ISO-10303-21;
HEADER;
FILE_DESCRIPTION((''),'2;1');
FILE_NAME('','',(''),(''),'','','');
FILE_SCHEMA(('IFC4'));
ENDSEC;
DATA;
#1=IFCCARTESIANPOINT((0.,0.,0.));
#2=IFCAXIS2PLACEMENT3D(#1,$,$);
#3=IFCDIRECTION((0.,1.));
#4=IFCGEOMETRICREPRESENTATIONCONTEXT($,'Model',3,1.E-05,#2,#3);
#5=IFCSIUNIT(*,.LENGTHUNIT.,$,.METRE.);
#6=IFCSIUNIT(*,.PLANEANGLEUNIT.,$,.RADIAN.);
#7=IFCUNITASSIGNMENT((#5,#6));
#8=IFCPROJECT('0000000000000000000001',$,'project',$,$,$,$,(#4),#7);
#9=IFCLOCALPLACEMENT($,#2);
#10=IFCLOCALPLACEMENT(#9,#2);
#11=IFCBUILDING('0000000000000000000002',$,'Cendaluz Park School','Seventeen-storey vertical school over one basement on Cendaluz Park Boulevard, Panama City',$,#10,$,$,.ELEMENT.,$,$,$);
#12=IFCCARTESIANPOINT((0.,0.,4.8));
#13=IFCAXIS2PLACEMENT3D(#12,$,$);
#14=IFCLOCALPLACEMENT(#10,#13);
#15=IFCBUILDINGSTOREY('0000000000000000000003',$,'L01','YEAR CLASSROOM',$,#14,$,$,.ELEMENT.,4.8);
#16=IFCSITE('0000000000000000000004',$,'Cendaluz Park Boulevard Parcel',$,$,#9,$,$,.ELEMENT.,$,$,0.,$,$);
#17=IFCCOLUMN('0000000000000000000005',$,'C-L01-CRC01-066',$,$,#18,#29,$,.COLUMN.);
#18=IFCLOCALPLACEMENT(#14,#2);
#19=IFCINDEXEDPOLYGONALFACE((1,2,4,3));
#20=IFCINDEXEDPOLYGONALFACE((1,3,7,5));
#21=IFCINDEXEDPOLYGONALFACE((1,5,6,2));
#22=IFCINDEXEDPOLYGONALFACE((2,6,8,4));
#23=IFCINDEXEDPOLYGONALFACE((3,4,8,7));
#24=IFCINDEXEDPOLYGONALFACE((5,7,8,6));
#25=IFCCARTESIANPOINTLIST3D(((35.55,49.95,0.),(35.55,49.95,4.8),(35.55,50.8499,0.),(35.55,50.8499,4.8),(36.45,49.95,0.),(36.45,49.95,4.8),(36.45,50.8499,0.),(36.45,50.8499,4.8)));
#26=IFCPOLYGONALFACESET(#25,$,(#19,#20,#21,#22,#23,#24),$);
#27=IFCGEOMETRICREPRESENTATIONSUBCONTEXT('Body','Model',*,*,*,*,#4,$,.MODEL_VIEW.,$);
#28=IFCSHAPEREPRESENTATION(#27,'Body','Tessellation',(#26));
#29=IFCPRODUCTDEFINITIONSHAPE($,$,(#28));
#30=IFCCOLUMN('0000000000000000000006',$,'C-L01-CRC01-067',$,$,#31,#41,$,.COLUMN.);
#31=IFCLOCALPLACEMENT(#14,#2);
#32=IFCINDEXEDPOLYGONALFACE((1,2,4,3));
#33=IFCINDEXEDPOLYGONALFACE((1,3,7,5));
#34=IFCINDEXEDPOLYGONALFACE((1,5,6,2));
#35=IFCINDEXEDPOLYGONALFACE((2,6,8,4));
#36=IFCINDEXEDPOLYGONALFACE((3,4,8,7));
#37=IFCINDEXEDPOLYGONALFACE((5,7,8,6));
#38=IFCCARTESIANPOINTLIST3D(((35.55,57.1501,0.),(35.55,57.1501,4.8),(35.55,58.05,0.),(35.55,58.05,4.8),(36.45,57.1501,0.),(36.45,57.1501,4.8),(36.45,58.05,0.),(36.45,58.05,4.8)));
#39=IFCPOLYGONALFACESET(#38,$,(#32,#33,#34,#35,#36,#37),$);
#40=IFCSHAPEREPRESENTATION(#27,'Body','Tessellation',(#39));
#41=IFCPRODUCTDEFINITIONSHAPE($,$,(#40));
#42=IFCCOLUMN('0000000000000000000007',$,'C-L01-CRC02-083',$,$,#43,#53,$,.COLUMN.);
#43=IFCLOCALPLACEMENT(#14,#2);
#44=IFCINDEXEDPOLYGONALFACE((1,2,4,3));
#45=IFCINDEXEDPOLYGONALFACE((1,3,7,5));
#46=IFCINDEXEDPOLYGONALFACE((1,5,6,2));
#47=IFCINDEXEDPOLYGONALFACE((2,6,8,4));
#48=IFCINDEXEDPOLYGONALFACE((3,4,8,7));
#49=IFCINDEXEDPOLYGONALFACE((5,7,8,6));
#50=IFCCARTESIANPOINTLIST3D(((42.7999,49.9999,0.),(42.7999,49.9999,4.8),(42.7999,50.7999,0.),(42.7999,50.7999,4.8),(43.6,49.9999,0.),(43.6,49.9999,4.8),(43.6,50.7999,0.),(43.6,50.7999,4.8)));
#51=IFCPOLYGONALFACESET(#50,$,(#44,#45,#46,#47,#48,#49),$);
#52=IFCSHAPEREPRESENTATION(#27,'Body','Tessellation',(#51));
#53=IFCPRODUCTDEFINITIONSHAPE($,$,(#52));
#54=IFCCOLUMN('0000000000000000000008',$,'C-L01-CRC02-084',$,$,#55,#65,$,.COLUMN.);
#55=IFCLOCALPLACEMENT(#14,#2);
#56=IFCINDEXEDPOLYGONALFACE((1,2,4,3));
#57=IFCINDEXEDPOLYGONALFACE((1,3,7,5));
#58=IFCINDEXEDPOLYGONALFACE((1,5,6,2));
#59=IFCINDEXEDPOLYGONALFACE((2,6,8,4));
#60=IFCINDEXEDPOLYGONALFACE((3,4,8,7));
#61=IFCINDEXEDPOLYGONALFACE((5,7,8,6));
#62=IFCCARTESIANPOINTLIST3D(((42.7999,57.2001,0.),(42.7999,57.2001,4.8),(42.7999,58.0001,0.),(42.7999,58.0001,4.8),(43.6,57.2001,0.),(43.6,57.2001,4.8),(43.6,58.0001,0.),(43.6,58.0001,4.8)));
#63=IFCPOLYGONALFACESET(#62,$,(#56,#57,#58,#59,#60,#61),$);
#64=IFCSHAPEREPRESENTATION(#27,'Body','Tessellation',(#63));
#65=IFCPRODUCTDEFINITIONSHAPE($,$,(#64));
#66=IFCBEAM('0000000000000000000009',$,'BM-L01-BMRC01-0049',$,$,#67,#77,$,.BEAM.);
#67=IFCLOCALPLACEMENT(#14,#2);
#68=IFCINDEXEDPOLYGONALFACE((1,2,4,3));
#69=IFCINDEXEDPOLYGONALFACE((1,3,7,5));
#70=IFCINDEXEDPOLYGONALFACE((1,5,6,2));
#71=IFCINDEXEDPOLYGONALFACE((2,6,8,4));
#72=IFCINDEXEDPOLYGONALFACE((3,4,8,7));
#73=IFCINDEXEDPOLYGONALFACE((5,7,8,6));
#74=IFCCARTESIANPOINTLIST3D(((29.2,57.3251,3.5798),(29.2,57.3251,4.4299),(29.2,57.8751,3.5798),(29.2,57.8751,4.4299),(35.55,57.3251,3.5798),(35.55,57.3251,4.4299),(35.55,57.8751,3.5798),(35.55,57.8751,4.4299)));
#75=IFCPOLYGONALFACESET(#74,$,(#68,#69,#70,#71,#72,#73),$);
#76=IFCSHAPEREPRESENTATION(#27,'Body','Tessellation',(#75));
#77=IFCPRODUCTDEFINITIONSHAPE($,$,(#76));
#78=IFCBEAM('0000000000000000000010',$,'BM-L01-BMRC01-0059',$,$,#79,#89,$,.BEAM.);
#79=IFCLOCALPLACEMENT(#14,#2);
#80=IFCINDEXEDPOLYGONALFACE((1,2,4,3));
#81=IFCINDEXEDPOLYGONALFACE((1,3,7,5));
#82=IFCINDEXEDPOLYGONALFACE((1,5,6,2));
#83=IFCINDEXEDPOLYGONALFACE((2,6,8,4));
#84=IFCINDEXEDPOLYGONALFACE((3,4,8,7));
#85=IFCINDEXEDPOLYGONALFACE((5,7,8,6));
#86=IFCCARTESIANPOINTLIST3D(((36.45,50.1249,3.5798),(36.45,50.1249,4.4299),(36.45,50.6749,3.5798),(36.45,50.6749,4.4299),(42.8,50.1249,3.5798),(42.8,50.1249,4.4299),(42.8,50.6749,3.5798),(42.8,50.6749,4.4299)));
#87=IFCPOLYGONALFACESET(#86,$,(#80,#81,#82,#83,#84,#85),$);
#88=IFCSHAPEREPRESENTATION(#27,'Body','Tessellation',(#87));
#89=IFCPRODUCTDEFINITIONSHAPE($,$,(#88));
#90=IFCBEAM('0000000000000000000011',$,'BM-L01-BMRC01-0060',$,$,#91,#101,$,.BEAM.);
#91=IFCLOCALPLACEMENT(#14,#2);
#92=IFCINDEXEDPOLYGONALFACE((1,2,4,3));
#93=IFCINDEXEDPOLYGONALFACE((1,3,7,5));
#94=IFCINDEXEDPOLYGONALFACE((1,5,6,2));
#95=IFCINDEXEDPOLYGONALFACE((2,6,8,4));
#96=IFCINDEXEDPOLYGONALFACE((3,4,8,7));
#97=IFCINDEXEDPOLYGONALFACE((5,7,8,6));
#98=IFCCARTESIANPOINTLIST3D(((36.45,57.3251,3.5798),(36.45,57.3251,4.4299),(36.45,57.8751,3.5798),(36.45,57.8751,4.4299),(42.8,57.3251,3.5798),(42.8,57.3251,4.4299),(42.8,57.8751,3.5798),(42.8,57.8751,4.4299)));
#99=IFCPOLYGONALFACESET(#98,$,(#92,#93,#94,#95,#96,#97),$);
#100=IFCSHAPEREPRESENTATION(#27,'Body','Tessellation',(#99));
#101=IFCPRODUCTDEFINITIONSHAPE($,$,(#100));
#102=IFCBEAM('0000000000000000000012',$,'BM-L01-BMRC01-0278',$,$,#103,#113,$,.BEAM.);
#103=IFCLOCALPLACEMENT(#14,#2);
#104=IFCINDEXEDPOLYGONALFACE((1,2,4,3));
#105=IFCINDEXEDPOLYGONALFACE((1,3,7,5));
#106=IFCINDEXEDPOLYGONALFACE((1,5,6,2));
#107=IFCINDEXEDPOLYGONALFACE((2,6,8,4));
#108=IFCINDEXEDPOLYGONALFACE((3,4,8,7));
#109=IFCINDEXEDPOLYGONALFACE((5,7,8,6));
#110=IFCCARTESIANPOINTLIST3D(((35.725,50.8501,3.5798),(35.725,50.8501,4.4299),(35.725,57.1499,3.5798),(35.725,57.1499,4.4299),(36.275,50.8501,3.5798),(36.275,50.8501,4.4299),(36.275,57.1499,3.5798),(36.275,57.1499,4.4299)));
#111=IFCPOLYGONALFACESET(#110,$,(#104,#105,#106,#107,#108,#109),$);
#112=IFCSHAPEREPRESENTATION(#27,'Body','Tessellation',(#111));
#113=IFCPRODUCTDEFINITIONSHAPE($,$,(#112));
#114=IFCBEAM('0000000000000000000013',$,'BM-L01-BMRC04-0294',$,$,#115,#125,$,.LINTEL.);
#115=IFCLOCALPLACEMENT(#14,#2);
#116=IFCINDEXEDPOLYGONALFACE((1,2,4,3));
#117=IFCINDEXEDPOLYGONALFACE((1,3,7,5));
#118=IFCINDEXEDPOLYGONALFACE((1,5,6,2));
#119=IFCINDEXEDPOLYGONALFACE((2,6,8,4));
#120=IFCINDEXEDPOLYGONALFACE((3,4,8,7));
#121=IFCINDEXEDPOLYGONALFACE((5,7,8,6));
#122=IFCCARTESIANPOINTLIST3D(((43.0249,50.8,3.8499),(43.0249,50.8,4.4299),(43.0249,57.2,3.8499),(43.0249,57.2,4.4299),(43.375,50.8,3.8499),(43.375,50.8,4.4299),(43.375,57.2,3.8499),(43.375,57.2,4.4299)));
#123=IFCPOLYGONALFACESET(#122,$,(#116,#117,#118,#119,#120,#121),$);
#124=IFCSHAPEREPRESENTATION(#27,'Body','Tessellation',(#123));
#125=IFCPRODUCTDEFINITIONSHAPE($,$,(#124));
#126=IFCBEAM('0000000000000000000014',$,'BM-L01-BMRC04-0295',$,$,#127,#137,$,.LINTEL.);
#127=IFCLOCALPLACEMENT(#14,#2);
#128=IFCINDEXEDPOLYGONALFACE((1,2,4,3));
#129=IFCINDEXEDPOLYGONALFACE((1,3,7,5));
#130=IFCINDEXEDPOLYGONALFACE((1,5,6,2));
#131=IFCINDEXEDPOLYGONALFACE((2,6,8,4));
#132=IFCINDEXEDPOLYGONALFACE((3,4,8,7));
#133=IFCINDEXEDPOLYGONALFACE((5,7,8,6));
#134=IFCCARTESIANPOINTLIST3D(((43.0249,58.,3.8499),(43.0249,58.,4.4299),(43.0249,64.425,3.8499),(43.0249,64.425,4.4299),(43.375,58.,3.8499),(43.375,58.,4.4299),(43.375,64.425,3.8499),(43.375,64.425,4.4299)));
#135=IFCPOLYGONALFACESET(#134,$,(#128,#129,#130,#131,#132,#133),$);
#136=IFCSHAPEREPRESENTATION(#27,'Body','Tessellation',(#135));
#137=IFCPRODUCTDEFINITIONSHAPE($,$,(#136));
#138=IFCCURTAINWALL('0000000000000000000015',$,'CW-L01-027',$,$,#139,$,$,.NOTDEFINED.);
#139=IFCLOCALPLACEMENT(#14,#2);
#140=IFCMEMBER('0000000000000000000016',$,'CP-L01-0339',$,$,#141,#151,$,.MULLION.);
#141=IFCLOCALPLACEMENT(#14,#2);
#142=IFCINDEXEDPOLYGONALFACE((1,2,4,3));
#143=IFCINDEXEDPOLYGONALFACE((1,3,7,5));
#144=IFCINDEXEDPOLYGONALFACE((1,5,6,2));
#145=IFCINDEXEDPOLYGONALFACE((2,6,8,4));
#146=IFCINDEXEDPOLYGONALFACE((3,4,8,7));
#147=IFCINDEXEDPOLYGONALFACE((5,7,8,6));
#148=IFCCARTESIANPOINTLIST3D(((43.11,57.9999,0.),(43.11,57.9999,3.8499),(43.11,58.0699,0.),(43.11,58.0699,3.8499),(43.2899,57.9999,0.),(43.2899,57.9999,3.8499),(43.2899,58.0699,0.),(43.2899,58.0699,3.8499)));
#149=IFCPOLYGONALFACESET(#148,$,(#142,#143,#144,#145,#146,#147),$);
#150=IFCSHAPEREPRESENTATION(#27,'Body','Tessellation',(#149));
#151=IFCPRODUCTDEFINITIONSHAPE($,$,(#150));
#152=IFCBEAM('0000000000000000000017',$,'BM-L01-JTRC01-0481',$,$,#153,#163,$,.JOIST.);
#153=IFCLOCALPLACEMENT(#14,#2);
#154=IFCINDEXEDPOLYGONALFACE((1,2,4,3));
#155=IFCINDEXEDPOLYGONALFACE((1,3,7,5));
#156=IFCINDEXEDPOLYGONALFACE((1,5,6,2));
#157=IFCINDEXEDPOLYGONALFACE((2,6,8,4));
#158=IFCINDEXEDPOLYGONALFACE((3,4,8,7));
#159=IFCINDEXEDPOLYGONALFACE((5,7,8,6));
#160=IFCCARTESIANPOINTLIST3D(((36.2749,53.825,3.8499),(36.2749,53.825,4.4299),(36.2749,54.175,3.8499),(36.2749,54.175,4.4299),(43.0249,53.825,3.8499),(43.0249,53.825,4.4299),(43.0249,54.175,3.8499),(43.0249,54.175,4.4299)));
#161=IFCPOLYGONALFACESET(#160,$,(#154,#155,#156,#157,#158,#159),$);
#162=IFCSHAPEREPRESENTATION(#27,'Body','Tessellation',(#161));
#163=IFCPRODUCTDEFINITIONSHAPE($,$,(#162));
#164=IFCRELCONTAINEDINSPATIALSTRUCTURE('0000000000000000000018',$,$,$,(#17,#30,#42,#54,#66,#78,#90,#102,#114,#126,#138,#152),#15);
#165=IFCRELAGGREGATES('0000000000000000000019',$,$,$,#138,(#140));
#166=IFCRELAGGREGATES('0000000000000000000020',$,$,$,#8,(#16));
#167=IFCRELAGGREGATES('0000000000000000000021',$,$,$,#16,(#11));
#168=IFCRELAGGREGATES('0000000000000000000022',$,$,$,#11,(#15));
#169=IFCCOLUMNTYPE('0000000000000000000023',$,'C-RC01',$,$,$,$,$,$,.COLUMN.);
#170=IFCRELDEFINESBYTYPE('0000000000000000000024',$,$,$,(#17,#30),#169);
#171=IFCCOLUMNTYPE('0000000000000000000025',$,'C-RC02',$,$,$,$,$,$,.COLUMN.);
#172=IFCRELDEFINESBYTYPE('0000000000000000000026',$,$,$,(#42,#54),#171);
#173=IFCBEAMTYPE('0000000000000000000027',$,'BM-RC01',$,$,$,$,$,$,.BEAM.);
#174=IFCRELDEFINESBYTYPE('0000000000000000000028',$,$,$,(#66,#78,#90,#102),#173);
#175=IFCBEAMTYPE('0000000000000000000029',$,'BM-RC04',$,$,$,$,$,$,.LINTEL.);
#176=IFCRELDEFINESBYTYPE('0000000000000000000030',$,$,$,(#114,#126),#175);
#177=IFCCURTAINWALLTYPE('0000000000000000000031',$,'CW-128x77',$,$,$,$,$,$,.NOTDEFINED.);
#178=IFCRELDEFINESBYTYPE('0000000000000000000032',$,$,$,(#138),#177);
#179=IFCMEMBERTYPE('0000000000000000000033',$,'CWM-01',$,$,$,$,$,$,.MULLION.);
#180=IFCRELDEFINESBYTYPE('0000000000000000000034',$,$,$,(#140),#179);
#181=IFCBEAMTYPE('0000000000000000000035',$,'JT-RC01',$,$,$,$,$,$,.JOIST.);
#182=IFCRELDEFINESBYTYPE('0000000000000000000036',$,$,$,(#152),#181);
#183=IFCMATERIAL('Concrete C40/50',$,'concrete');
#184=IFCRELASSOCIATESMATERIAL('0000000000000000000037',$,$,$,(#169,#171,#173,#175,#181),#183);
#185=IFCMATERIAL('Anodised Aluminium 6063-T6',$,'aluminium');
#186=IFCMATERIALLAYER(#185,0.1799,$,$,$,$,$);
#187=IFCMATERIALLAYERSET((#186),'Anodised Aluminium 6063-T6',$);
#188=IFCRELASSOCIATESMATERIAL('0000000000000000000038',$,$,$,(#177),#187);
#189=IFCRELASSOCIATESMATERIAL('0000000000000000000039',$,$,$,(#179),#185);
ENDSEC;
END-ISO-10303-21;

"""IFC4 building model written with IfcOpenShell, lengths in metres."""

from ifc_helpers import new_model, si_unit, direction, frame, origin, origin_2d, place, context, subcontext, project, spatial, rectangle, extrude, material, layer, layer_set, material_profile, profile_set, type_object, element, aggregate, save


model = new_model("IFC4")

# Units and contexts
model_context = context("Model", 3, precision=1e-05, world=origin(), true_north=direction((0.0, 1.0)))
body_context = subcontext(model_context, "Body", "Model", "MODEL_VIEW")
ifc_project = project(units=[si_unit("LENGTHUNIT", "METRE"), si_unit("PLANEANGLEUNIT", "RADIAN")], contexts=[model_context])

# Site, building, storey
site_placement = place(None, origin())
site = spatial("IfcSite", under=ifc_project, at=site_placement, Name="Cendaluz Park Boulevard Parcel", CompositionType="ELEMENT", RefElevation=0.0)
building_placement = place(site_placement, origin())
building = spatial("IfcBuilding", under=site, at=building_placement, Name="Cendaluz Park School", Description="Seventeen-storey vertical school over one basement on Cendaluz Park Boulevard, Panama City", CompositionType="ELEMENT")
storey_placement = place(building_placement, frame((0.0, 0.0, 4.8)))
storey = spatial("IfcBuildingStorey", under=building, at=storey_placement, Name="L01", Description="YEAR CLASSROOM", CompositionType="ELEMENT", Elevation=4.8)

# Columns
ifc_material_1 = material(Name="Concrete C40/50", Category="concrete")
ifc_material_profile_1 = material_profile(ifc_material_1, rectangle(XDim=0.8999, YDim=0.8999, at=origin_2d()), Name="RC 900x900", Category="concrete")
ifc_profile_set_1 = profile_set([ifc_material_profile_1], Name="Concrete C40/50")
column_type_1 = type_object("IfcColumnType", Name="C-RC01", PredefinedType="COLUMN", material=ifc_profile_set_1)
for number, where, z_axis, x_axis, name in (
    (1, (36.0, 50.3999, 0.0), (0.0, 0.0, 1.0), (1.0, 0.0, 0.0), "C-L01-CRC01-066"),
    (2, (36.0, 57.6001, 0.0), (0.0, 0.0, 1.0), (1.0, 0.0, 0.0), "C-L01-CRC01-067"),
):
    element("IfcColumn", number, at=place(storey_placement, frame(where, z_axis=z_axis, x_axis=x_axis)), inside=storey, type_object=column_type_1, Name=name, PredefinedType="COLUMN", context=body_context, shape_type="SweptSolid", body=[
        extrude(rectangle(XDim=0.8999, YDim=0.8999, at=origin_2d()), origin(), (0.0, 0.0, 1.0), 4.8),
    ])
ifc_material_profile_2 = material_profile(ifc_material_1, rectangle(XDim=0.8, YDim=0.8, at=origin_2d()), Name="RC 800x800", Category="concrete")
ifc_profile_set_2 = profile_set([ifc_material_profile_2], Name="Concrete C40/50")
column_type_2 = type_object("IfcColumnType", Name="C-RC02", PredefinedType="COLUMN", material=ifc_profile_set_2)
for number, where, z_axis, x_axis, name in (
    (3, (43.2, 50.3999, 0.0), (0.0, 0.0, 1.0), (1.0, 0.0, 0.0), "C-L01-CRC02-083"),
    (4, (43.2, 57.6001, 0.0), (0.0, 0.0, 1.0), (1.0, 0.0, 0.0), "C-L01-CRC02-084"),
):
    element("IfcColumn", number, at=place(storey_placement, frame(where, z_axis=z_axis, x_axis=x_axis)), inside=storey, type_object=column_type_2, Name=name, PredefinedType="COLUMN", context=body_context, shape_type="SweptSolid", body=[
        extrude(rectangle(XDim=0.8, YDim=0.8, at=origin_2d()), origin(), (0.0, 0.0, 1.0), 4.8),
    ])

# Beams
ifc_material_profile_3 = material_profile(ifc_material_1, rectangle(XDim=0.55, YDim=0.8501, at=origin_2d()), Name="RC 550x850", Category="concrete")
ifc_profile_set_3 = profile_set([ifc_material_profile_3], Name="Concrete C40/50")
beam_type_1 = type_object("IfcBeamType", Name="BM-RC01", PredefinedType="BEAM", material=ifc_profile_set_3)
for number, where, z_axis, x_axis, name in (
    (5, (29.2, 57.6001, 4.0049), (1.0, 0.0, 0.0), (0.0, 1.0, 0.0), "BM-L01-BMRC01-0049"),
    (6, (36.45, 50.3999, 4.0049), (1.0, 0.0, 0.0), (0.0, 1.0, 0.0), "BM-L01-BMRC01-0059"),
    (7, (36.45, 57.6001, 4.0049), (1.0, 0.0, 0.0), (0.0, 1.0, 0.0), "BM-L01-BMRC01-0060"),
):
    element("IfcBeam", number, at=place(storey_placement, frame(where, z_axis=z_axis, x_axis=x_axis)), inside=storey, type_object=beam_type_1, Name=name, PredefinedType="BEAM", context=body_context, shape_type="SweptSolid", body=[
        extrude(rectangle(XDim=0.55, YDim=0.8501, at=origin_2d()), origin(), (0.0, 0.0, 1.0), 6.3501),
    ])
beam_1_placement = place(storey_placement, frame((36.0, 50.8501, 4.0049), z_axis=(0.0, 1.0, 0.0), x_axis=(-1.0, 0.0, 0.0)))
element("IfcBeam", 8, at=beam_1_placement, inside=storey, type_object=beam_type_1, Name="BM-L01-BMRC01-0278", PredefinedType="BEAM", context=body_context, shape_type="SweptSolid", body=[
    extrude(rectangle(XDim=0.55, YDim=0.8501, at=origin_2d()), origin(), (0.0, 0.0, 1.0), 6.2998),
])
ifc_material_profile_4 = material_profile(ifc_material_1, rectangle(XDim=0.3501, YDim=0.5801, at=origin_2d()), Name="RC 350x580", Category="concrete")
ifc_profile_set_4 = profile_set([ifc_material_profile_4], Name="Concrete C40/50")
beam_type_2 = type_object("IfcBeamType", Name="BM-RC04", PredefinedType="LINTEL", material=ifc_profile_set_4)
beam_2_placement = place(storey_placement, frame((43.2, 50.8, 4.1399), z_axis=(0.0, 1.0, 0.0), x_axis=(-1.0, 0.0, 0.0)))
element("IfcBeam", 9, at=beam_2_placement, inside=storey, type_object=beam_type_2, Name="BM-L01-BMRC04-0294", PredefinedType="LINTEL", context=body_context, shape_type="SweptSolid", body=[
    extrude(rectangle(XDim=0.3501, YDim=0.5801, at=origin_2d()), origin(), (0.0, 0.0, 1.0), 6.3999),
])
beam_3_placement = place(storey_placement, frame((43.2, 58.0, 4.1399), z_axis=(0.0, 1.0, 0.0), x_axis=(-1.0, 0.0, 0.0)))
element("IfcBeam", 10, at=beam_3_placement, inside=storey, type_object=beam_type_2, Name="BM-L01-BMRC04-0295", PredefinedType="LINTEL", context=body_context, shape_type="SweptSolid", body=[
    extrude(rectangle(XDim=0.3501, YDim=0.5801, at=origin_2d()), origin(), (0.0, 0.0, 1.0), 6.425),
])

# Curtain wall, member
ifc_material_2 = material(Name="Anodised Aluminium 6063-T6", Category="aluminium")
ifc_layer_1 = layer(ifc_material_2, 0.1799)
ifc_layer_set_1 = layer_set([ifc_layer_1], Name="Anodised Aluminium 6063-T6")
curtain_wall_type = type_object("IfcCurtainWallType", Name="CW-128x77", PredefinedType="NOTDEFINED", material=ifc_layer_set_1)
curtain_wall_placement = place(storey_placement, origin())
curtain_wall = element("IfcCurtainWall", 11, at=curtain_wall_placement, inside=storey, type_object=curtain_wall_type, Name="CW-L01-027", PredefinedType="NOTDEFINED")
ifc_material_profile_5 = material_profile(ifc_material_2, rectangle(XDim=0.1799, YDim=0.0701, at=origin_2d()), Name="CWM 180x70", Category="aluminium")
ifc_profile_set_5 = profile_set([ifc_material_profile_5], Name="Anodised Aluminium 6063-T6")
member_type_1 = type_object("IfcMemberType", Name="CWM-01", PredefinedType="MULLION", material=ifc_profile_set_5)
member_1_placement = place(storey_placement, frame((43.2, 58.0349, 0.0), z_axis=(0.0, 0.0, 1.0), x_axis=(-1.0, 0.0, 0.0)))
member_1 = element("IfcMember", 12, at=member_1_placement, type_object=member_type_1, Name="CP-L01-0339", PredefinedType="MULLION", context=body_context, shape_type="SweptSolid", body=[
    extrude(rectangle(XDim=0.1799, YDim=0.0701, at=origin_2d()), origin(), (0.0, 0.0, 1.0), 3.8499),
])
aggregate(curtain_wall, [member_1])

# Beam
ifc_material_profile_6 = material_profile(ifc_material_1, rectangle(XDim=0.3501, YDim=0.5801, at=origin_2d()), Name="RC 350x580", Category="concrete")
ifc_profile_set_6 = profile_set([ifc_material_profile_6], Name="Concrete C40/50")
beam_type_3 = type_object("IfcBeamType", Name="JT-RC01", PredefinedType="JOIST", material=ifc_profile_set_6)
beam_4_placement = place(storey_placement, frame((36.2749, 54.0, 4.1399), z_axis=(1.0, 0.0, 0.0), x_axis=(0.0, 1.0, 0.0)))
element("IfcBeam", 13, at=beam_4_placement, inside=storey, type_object=beam_type_3, Name="BM-L01-JTRC01-0481", PredefinedType="JOIST", context=body_context, shape_type="SweptSolid", body=[
    extrude(rectangle(XDim=0.3501, YDim=0.5801, at=origin_2d()), origin(), (0.0, 0.0, 1.0), 6.75),
])

save(model, "model.ifc")
